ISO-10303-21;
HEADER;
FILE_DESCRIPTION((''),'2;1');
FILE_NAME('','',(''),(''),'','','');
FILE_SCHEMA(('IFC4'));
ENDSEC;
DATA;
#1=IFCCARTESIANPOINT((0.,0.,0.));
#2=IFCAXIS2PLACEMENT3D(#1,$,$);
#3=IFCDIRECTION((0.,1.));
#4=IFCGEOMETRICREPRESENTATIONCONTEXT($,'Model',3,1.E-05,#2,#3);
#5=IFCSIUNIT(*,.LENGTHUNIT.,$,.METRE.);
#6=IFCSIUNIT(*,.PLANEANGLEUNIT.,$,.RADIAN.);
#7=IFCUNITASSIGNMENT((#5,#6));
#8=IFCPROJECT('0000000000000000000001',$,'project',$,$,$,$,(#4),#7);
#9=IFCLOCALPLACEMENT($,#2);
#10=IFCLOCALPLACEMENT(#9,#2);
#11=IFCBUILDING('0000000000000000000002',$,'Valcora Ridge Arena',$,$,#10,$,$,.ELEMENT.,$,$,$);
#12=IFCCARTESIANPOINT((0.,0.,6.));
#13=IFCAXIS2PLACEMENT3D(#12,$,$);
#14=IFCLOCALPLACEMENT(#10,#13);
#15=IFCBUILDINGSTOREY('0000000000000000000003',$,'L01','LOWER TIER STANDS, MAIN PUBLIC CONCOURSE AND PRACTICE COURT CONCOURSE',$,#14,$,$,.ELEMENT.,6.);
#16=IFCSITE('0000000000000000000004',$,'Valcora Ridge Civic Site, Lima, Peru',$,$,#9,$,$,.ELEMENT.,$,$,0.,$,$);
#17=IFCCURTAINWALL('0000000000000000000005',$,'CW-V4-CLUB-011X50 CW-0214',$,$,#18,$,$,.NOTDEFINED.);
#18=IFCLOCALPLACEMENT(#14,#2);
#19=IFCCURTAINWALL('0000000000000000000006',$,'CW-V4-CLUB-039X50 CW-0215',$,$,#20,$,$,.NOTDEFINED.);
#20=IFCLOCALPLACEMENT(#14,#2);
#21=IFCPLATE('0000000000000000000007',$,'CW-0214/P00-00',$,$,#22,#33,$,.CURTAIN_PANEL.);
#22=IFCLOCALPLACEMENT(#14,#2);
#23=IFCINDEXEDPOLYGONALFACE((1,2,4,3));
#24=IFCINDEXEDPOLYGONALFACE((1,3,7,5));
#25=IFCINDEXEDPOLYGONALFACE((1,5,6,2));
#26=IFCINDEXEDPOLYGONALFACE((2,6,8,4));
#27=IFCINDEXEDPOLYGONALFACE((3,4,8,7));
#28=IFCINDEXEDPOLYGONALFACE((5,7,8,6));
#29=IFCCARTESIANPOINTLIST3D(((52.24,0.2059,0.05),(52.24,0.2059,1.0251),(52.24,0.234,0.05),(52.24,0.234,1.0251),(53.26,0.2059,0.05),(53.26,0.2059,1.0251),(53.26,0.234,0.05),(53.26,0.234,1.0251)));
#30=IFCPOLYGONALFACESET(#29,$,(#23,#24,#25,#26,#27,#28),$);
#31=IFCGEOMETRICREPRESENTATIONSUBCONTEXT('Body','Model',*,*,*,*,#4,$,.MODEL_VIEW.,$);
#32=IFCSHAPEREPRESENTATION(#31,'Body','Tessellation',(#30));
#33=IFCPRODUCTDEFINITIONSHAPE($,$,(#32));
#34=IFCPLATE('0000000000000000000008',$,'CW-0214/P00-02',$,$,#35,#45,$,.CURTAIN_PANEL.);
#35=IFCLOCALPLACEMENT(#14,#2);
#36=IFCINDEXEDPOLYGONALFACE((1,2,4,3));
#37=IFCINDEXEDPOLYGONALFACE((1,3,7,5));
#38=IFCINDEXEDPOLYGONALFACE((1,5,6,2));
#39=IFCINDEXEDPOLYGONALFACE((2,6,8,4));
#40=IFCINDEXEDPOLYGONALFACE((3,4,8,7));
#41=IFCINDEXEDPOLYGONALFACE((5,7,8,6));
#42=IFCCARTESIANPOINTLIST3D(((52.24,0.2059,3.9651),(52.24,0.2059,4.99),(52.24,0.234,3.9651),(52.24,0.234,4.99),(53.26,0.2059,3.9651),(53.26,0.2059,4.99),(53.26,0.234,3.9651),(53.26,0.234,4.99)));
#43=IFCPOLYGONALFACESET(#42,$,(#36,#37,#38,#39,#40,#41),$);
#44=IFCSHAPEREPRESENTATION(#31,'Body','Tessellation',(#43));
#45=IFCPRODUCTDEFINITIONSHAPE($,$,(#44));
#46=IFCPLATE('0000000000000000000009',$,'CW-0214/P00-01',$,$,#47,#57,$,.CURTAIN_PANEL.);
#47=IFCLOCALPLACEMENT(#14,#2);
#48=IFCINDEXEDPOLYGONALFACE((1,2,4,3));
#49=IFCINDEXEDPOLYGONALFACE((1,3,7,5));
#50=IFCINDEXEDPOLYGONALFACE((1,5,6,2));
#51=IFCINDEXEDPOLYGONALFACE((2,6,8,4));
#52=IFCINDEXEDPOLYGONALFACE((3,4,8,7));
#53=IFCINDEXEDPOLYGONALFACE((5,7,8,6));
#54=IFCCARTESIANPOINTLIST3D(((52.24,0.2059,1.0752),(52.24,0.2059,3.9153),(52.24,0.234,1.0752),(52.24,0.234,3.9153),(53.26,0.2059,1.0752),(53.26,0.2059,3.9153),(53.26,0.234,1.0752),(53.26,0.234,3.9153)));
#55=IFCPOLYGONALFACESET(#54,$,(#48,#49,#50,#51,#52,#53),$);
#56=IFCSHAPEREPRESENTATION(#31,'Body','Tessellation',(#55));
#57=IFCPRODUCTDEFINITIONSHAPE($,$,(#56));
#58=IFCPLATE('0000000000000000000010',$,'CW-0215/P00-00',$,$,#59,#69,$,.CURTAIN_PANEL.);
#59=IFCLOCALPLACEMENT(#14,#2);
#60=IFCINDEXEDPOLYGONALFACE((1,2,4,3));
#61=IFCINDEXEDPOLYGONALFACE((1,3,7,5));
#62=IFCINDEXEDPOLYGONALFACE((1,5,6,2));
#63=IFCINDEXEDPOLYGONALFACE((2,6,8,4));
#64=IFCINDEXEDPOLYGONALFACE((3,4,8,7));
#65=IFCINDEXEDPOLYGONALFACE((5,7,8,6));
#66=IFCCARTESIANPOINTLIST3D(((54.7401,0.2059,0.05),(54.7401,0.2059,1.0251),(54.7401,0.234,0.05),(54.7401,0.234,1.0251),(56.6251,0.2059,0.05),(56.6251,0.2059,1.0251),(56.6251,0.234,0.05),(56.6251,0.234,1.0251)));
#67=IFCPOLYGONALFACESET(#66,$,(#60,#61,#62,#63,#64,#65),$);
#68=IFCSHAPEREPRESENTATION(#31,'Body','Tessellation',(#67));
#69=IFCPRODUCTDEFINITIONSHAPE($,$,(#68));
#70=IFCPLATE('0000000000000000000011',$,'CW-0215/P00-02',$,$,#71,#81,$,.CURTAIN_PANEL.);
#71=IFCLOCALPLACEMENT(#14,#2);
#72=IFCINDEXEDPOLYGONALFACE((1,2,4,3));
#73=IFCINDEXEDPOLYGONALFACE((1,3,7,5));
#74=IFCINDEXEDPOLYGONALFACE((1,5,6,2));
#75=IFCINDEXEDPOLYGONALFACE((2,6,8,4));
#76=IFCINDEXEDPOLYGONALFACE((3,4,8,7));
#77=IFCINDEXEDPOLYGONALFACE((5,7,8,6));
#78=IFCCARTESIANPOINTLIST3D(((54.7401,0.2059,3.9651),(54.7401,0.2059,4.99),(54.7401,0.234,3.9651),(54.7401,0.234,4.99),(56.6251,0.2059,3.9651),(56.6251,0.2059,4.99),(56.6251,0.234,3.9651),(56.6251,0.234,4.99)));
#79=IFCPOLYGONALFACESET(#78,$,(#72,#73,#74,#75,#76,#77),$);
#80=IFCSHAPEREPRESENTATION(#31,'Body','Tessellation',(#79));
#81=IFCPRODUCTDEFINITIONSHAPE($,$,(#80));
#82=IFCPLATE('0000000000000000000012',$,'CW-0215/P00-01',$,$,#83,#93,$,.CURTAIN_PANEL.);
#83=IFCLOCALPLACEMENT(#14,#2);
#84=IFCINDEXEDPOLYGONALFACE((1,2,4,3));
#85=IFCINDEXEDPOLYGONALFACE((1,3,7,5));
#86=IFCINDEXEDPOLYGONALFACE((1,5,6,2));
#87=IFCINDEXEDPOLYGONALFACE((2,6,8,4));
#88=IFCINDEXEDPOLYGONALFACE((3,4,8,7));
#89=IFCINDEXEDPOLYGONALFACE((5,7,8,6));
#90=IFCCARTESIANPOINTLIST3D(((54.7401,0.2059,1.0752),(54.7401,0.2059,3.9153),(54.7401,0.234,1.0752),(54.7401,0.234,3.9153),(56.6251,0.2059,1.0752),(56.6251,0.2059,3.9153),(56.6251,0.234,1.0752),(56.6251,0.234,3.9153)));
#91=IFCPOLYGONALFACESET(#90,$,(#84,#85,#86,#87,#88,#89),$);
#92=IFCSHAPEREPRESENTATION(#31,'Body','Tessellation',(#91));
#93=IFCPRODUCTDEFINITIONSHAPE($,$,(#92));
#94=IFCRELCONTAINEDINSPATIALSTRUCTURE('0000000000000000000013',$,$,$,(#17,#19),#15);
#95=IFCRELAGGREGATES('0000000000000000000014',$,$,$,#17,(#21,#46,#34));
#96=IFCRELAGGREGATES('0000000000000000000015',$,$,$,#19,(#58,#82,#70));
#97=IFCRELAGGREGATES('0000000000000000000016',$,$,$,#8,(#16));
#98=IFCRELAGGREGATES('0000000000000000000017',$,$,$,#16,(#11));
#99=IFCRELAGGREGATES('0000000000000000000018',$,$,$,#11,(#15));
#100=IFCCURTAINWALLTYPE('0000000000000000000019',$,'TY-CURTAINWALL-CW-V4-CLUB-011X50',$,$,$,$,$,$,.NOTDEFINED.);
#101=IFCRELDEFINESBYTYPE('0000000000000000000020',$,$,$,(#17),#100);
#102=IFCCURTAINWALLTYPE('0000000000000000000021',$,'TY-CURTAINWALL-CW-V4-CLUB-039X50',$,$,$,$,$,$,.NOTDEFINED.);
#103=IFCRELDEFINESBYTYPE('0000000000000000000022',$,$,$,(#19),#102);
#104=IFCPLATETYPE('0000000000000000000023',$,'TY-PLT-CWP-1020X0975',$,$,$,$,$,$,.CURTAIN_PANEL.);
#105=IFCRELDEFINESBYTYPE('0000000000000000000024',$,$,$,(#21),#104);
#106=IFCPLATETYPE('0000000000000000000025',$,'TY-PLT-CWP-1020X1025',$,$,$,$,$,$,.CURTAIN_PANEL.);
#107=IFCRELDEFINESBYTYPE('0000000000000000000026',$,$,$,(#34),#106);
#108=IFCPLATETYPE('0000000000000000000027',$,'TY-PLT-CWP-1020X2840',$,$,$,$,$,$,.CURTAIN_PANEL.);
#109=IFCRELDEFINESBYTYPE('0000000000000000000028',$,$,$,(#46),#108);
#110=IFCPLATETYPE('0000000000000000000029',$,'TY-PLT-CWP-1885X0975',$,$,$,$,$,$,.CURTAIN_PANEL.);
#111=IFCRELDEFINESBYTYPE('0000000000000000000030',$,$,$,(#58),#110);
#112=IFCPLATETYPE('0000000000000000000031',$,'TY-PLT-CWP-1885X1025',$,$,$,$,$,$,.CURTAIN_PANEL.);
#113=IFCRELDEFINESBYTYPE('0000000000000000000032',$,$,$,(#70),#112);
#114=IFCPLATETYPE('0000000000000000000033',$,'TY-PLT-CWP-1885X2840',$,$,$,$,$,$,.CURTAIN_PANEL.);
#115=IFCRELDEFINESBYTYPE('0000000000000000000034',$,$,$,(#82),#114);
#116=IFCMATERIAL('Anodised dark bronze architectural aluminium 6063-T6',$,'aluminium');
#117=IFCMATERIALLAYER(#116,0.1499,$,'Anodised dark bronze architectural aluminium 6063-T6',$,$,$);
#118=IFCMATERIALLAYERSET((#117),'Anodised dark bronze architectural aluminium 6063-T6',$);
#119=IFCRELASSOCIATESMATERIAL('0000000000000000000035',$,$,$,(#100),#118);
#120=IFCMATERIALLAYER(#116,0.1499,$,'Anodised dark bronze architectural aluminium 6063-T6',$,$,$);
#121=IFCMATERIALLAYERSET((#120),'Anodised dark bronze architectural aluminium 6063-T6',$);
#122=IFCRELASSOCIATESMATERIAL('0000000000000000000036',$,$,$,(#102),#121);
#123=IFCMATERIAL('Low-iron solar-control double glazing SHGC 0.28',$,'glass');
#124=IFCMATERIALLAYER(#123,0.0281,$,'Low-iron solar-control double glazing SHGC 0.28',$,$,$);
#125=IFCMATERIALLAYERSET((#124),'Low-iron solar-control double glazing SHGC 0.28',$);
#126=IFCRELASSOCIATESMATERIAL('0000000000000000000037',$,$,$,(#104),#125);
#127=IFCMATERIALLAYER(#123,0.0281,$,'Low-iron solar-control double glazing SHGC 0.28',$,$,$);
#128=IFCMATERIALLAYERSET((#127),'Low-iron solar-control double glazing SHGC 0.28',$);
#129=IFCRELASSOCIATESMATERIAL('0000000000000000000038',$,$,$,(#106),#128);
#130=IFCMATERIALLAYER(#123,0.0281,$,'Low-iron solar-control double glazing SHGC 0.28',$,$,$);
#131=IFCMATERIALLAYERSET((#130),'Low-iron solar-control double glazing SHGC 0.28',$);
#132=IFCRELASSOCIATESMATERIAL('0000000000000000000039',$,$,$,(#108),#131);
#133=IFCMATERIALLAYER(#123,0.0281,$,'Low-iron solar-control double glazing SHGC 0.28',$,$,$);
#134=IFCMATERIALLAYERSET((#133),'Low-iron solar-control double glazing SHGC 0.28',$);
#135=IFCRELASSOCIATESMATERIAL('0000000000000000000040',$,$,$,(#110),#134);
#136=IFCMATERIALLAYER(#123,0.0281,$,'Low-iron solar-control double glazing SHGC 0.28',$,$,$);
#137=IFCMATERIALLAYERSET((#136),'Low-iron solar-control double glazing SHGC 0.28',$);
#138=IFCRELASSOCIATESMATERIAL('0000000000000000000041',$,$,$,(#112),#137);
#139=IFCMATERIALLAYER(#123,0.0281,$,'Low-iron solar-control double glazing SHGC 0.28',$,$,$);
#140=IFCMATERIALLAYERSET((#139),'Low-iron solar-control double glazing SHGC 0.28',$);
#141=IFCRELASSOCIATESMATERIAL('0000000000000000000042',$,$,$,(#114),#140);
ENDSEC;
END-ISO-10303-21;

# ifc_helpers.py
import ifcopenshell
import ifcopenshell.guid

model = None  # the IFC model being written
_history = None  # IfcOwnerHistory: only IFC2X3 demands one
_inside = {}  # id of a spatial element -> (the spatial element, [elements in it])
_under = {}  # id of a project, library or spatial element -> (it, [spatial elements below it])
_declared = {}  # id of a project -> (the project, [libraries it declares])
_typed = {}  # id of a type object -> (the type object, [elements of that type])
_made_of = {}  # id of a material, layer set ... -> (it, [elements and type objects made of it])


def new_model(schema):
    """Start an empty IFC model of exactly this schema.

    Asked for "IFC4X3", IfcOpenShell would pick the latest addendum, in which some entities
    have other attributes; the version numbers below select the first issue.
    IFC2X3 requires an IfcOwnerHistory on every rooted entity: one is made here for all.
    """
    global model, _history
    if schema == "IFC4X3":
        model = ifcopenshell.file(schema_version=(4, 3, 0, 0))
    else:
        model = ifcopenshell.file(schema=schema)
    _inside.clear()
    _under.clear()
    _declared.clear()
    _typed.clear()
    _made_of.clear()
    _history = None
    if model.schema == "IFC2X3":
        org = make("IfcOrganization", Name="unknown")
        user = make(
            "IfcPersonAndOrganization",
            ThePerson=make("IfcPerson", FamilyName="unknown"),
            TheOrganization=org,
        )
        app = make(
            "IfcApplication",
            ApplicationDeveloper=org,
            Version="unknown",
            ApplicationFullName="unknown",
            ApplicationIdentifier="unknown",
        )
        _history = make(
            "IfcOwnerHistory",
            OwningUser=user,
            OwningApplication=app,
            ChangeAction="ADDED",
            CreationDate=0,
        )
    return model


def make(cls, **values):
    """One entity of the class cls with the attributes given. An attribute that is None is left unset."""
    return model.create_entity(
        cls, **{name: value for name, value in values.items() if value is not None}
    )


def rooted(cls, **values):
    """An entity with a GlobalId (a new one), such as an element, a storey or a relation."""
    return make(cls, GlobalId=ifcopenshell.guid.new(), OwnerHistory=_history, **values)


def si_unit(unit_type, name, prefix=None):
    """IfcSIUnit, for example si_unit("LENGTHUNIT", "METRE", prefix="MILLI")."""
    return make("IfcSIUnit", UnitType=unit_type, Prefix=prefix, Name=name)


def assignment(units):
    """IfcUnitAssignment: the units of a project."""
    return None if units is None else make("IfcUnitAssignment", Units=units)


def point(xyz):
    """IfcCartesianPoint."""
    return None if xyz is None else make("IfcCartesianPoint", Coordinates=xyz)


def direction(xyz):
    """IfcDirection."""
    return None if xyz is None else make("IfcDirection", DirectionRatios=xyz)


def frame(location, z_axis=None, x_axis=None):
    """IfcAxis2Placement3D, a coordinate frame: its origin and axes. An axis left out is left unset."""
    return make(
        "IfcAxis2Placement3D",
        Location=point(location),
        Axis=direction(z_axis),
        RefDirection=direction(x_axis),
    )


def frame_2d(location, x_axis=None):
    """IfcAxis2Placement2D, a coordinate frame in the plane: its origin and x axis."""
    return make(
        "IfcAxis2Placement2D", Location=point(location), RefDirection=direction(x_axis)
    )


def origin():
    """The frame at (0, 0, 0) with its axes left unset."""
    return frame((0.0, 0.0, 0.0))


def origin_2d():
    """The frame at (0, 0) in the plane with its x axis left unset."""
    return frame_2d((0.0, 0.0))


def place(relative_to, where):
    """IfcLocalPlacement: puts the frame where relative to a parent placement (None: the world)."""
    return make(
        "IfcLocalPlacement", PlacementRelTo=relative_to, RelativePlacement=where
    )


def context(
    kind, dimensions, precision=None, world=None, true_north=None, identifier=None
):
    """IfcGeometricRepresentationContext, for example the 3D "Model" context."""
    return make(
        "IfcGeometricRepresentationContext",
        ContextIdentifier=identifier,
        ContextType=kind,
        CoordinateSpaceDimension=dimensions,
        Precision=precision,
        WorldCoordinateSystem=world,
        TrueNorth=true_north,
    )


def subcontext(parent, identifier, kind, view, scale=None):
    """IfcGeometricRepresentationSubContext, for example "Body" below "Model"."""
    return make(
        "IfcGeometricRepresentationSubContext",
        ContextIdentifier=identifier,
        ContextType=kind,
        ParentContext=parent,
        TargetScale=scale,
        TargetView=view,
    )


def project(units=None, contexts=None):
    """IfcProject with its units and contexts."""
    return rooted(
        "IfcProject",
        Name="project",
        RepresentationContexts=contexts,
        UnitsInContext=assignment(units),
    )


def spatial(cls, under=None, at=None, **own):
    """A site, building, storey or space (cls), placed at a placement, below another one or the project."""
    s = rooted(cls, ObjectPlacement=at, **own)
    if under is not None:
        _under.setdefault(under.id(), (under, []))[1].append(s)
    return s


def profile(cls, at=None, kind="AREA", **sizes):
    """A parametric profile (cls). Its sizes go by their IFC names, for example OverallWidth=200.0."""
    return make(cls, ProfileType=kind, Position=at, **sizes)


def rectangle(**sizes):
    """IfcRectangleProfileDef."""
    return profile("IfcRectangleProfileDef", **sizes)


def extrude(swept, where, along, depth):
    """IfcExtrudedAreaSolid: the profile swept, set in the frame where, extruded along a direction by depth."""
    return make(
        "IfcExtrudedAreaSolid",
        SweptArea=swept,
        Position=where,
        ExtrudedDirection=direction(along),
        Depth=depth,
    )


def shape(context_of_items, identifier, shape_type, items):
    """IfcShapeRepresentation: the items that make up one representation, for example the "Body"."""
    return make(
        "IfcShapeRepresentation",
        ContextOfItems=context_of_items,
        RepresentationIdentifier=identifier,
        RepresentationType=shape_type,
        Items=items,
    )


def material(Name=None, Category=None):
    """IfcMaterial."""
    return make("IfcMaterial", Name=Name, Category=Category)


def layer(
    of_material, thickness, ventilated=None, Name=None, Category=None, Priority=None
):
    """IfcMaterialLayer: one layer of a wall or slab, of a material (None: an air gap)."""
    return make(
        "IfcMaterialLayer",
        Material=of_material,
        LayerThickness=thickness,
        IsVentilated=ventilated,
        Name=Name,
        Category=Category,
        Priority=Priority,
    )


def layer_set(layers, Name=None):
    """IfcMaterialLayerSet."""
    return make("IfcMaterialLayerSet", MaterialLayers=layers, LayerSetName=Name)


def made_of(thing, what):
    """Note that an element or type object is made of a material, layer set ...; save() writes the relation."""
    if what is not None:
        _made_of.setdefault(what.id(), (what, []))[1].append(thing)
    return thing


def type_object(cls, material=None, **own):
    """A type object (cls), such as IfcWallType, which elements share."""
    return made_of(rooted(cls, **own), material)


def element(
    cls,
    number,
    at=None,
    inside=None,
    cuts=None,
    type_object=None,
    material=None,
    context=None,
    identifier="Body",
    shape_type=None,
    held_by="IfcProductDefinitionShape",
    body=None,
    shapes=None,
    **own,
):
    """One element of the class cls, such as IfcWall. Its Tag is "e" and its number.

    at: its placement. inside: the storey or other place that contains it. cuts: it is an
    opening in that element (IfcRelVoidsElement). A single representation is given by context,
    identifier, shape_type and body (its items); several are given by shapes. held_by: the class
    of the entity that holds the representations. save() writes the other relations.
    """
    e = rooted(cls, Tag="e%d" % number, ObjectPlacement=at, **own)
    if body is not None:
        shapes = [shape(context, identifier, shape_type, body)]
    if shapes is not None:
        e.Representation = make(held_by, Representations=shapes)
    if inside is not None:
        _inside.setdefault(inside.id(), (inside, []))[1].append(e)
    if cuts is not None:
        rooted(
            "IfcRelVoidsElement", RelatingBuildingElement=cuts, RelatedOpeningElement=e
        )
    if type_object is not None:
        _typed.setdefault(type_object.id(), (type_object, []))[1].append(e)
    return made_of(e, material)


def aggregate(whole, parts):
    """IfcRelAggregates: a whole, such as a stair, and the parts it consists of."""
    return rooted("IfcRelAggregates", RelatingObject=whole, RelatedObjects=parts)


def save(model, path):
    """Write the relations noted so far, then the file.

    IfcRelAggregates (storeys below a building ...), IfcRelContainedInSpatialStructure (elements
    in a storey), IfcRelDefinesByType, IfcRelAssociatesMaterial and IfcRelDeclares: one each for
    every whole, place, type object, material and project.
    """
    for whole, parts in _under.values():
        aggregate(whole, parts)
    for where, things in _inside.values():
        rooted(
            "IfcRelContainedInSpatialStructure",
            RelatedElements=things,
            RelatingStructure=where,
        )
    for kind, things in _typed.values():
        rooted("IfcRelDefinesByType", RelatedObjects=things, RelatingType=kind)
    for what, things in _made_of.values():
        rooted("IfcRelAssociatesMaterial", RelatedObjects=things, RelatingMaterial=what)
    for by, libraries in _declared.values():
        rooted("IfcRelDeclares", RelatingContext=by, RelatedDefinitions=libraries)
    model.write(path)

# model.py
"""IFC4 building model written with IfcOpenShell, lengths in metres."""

from ifc_helpers import new_model, si_unit, direction, frame, origin, origin_2d, place, context, subcontext, project, spatial, rectangle, extrude, material, layer, layer_set, type_object, element, aggregate, save


model = new_model("IFC4")

# Units and contexts
model_context = context("Model", 3, precision=1e-05, world=origin(), true_north=direction((0.0, 1.0)))
body_context = subcontext(model_context, "Body", "Model", "MODEL_VIEW")
ifc_project = project(units=[si_unit("LENGTHUNIT", "METRE"), si_unit("PLANEANGLEUNIT", "RADIAN")], contexts=[model_context])

# Site, building, storey
site_placement = place(None, origin())
site = spatial("IfcSite", under=ifc_project, at=site_placement, Name="Valcora Ridge Civic Site, Lima, Peru", CompositionType="ELEMENT", RefElevation=0.0)
building_placement = place(site_placement, origin())
building = spatial("IfcBuilding", under=site, at=building_placement, Name="Valcora Ridge Arena", CompositionType="ELEMENT")
storey_placement = place(building_placement, frame((0.0, 0.0, 6.0)))
storey = spatial("IfcBuildingStorey", under=building, at=storey_placement, Name="L01", Description="LOWER TIER STANDS, MAIN PUBLIC CONCOURSE AND PRACTICE COURT CONCOURSE", CompositionType="ELEMENT", Elevation=6.0)

# Curtain walls
ifc_material_1 = material(Name="Anodised dark bronze architectural aluminium 6063-T6", Category="aluminium")
ifc_layer_1 = layer(ifc_material_1, 0.1499, Name="Anodised dark bronze architectural aluminium 6063-T6")
ifc_layer_set_1 = layer_set([ifc_layer_1], Name="Anodised dark bronze architectural aluminium 6063-T6")
curtain_wall_type_1 = type_object("IfcCurtainWallType", Name="TY-CURTAINWALL-CW-V4-CLUB-011X50", PredefinedType="NOTDEFINED", material=ifc_layer_set_1)
curtain_wall_1_placement = place(storey_placement, origin())
curtain_wall_1 = element("IfcCurtainWall", 1, at=curtain_wall_1_placement, inside=storey, type_object=curtain_wall_type_1, Name="CW-V4-CLUB-011X50 CW-0214", PredefinedType="NOTDEFINED")
ifc_layer_2 = layer(ifc_material_1, 0.1499, Name="Anodised dark bronze architectural aluminium 6063-T6")
ifc_layer_set_2 = layer_set([ifc_layer_2], Name="Anodised dark bronze architectural aluminium 6063-T6")
curtain_wall_type_2 = type_object("IfcCurtainWallType", Name="TY-CURTAINWALL-CW-V4-CLUB-039X50", PredefinedType="NOTDEFINED", material=ifc_layer_set_2)
curtain_wall_2_placement = place(storey_placement, origin())
curtain_wall_2 = element("IfcCurtainWall", 2, at=curtain_wall_2_placement, inside=storey, type_object=curtain_wall_type_2, Name="CW-V4-CLUB-039X50 CW-0215", PredefinedType="NOTDEFINED")

# Plates
ifc_material_2 = material(Name="Low-iron solar-control double glazing SHGC 0.28", Category="glass")
ifc_layer_3 = layer(ifc_material_2, 0.0281, Name="Low-iron solar-control double glazing SHGC 0.28")
ifc_layer_set_3 = layer_set([ifc_layer_3], Name="Low-iron solar-control double glazing SHGC 0.28")
plate_type_1 = type_object("IfcPlateType", Name="TY-PLT-CWP-1020X0975", PredefinedType="CURTAIN_PANEL", material=ifc_layer_set_3)
plate_1_placement = place(storey_placement, frame((52.75, 0.22, 0.05), z_axis=(0.0, 0.0, 1.0), x_axis=(1.0, 0.0, 0.0)))
plate_1 = element("IfcPlate", 3, at=plate_1_placement, type_object=plate_type_1, Name="CW-0214/P00-00", PredefinedType="CURTAIN_PANEL", context=body_context, shape_type="SweptSolid", body=[
    extrude(rectangle(XDim=1.02, YDim=0.0281, at=origin_2d()), origin(), (0.0, 0.0, 1.0), 0.9751),
])
ifc_layer_4 = layer(ifc_material_2, 0.0281, Name="Low-iron solar-control double glazing SHGC 0.28")
ifc_layer_set_4 = layer_set([ifc_layer_4], Name="Low-iron solar-control double glazing SHGC 0.28")
plate_type_2 = type_object("IfcPlateType", Name="TY-PLT-CWP-1020X1025", PredefinedType="CURTAIN_PANEL", material=ifc_layer_set_4)
plate_2_placement = place(storey_placement, frame((52.75, 0.22, 3.9651), z_axis=(0.0, 0.0, 1.0), x_axis=(1.0, 0.0, 0.0)))
plate_2 = element("IfcPlate", 4, at=plate_2_placement, type_object=plate_type_2, Name="CW-0214/P00-02", PredefinedType="CURTAIN_PANEL", context=body_context, shape_type="SweptSolid", body=[
    extrude(rectangle(XDim=1.02, YDim=0.0281, at=origin_2d()), origin(), (0.0, 0.0, 1.0), 1.0249),
])
ifc_layer_5 = layer(ifc_material_2, 0.0281, Name="Low-iron solar-control double glazing SHGC 0.28")
ifc_layer_set_5 = layer_set([ifc_layer_5], Name="Low-iron solar-control double glazing SHGC 0.28")
plate_type_3 = type_object("IfcPlateType", Name="TY-PLT-CWP-1020X2840", PredefinedType="CURTAIN_PANEL", material=ifc_layer_set_5)
plate_3_placement = place(storey_placement, frame((52.75, 0.22, 1.0752), z_axis=(0.0, 0.0, 1.0), x_axis=(1.0, 0.0, 0.0)))
plate_3 = element("IfcPlate", 5, at=plate_3_placement, type_object=plate_type_3, Name="CW-0214/P00-01", PredefinedType="CURTAIN_PANEL", context=body_context, shape_type="SweptSolid", body=[
    extrude(rectangle(XDim=1.02, YDim=0.0281, at=origin_2d()), origin(), (0.0, 0.0, 1.0), 2.8401),
])
aggregate(curtain_wall_1, [plate_1, plate_3, plate_2])
ifc_layer_6 = layer(ifc_material_2, 0.0281, Name="Low-iron solar-control double glazing SHGC 0.28")
ifc_layer_set_6 = layer_set([ifc_layer_6], Name="Low-iron solar-control double glazing SHGC 0.28")
plate_type_4 = type_object("IfcPlateType", Name="TY-PLT-CWP-1885X0975", PredefinedType="CURTAIN_PANEL", material=ifc_layer_set_6)
plate_4_placement = place(storey_placement, frame((55.6826, 0.22, 0.05), z_axis=(0.0, 0.0, 1.0), x_axis=(1.0, 0.0, 0.0)))
plate_4 = element("IfcPlate", 6, at=plate_4_placement, type_object=plate_type_4, Name="CW-0215/P00-00", PredefinedType="CURTAIN_PANEL", context=body_context, shape_type="SweptSolid", body=[
    extrude(rectangle(XDim=1.885, YDim=0.0281, at=origin_2d()), origin(), (0.0, 0.0, 1.0), 0.9751),
])
ifc_layer_7 = layer(ifc_material_2, 0.0281, Name="Low-iron solar-control double glazing SHGC 0.28")
ifc_layer_set_7 = layer_set([ifc_layer_7], Name="Low-iron solar-control double glazing SHGC 0.28")
plate_type_5 = type_object("IfcPlateType", Name="TY-PLT-CWP-1885X1025", PredefinedType="CURTAIN_PANEL", material=ifc_layer_set_7)
plate_5_placement = place(storey_placement, frame((55.6826, 0.22, 3.9651), z_axis=(0.0, 0.0, 1.0), x_axis=(1.0, 0.0, 0.0)))
plate_5 = element("IfcPlate", 7, at=plate_5_placement, type_object=plate_type_5, Name="CW-0215/P00-02", PredefinedType="CURTAIN_PANEL", context=body_context, shape_type="SweptSolid", body=[
    extrude(rectangle(XDim=1.885, YDim=0.0281, at=origin_2d()), origin(), (0.0, 0.0, 1.0), 1.0249),
])
ifc_layer_8 = layer(ifc_material_2, 0.0281, Name="Low-iron solar-control double glazing SHGC 0.28")
ifc_layer_set_8 = layer_set([ifc_layer_8], Name="Low-iron solar-control double glazing SHGC 0.28")
plate_type_6 = type_object("IfcPlateType", Name="TY-PLT-CWP-1885X2840", PredefinedType="CURTAIN_PANEL", material=ifc_layer_set_8)
plate_6_placement = place(storey_placement, frame((55.6826, 0.22, 1.0752), z_axis=(0.0, 0.0, 1.0), x_axis=(1.0, 0.0, 0.0)))
plate_6 = element("IfcPlate", 8, at=plate_6_placement, type_object=plate_type_6, Name="CW-0215/P00-01", PredefinedType="CURTAIN_PANEL", context=body_context, shape_type="SweptSolid", body=[
    extrude(rectangle(XDim=1.885, YDim=0.0281, at=origin_2d()), origin(), (0.0, 0.0, 1.0), 2.8401),
])
aggregate(curtain_wall_2, [plate_4, plate_6, plate_5])

save(model, "model.ifc")
